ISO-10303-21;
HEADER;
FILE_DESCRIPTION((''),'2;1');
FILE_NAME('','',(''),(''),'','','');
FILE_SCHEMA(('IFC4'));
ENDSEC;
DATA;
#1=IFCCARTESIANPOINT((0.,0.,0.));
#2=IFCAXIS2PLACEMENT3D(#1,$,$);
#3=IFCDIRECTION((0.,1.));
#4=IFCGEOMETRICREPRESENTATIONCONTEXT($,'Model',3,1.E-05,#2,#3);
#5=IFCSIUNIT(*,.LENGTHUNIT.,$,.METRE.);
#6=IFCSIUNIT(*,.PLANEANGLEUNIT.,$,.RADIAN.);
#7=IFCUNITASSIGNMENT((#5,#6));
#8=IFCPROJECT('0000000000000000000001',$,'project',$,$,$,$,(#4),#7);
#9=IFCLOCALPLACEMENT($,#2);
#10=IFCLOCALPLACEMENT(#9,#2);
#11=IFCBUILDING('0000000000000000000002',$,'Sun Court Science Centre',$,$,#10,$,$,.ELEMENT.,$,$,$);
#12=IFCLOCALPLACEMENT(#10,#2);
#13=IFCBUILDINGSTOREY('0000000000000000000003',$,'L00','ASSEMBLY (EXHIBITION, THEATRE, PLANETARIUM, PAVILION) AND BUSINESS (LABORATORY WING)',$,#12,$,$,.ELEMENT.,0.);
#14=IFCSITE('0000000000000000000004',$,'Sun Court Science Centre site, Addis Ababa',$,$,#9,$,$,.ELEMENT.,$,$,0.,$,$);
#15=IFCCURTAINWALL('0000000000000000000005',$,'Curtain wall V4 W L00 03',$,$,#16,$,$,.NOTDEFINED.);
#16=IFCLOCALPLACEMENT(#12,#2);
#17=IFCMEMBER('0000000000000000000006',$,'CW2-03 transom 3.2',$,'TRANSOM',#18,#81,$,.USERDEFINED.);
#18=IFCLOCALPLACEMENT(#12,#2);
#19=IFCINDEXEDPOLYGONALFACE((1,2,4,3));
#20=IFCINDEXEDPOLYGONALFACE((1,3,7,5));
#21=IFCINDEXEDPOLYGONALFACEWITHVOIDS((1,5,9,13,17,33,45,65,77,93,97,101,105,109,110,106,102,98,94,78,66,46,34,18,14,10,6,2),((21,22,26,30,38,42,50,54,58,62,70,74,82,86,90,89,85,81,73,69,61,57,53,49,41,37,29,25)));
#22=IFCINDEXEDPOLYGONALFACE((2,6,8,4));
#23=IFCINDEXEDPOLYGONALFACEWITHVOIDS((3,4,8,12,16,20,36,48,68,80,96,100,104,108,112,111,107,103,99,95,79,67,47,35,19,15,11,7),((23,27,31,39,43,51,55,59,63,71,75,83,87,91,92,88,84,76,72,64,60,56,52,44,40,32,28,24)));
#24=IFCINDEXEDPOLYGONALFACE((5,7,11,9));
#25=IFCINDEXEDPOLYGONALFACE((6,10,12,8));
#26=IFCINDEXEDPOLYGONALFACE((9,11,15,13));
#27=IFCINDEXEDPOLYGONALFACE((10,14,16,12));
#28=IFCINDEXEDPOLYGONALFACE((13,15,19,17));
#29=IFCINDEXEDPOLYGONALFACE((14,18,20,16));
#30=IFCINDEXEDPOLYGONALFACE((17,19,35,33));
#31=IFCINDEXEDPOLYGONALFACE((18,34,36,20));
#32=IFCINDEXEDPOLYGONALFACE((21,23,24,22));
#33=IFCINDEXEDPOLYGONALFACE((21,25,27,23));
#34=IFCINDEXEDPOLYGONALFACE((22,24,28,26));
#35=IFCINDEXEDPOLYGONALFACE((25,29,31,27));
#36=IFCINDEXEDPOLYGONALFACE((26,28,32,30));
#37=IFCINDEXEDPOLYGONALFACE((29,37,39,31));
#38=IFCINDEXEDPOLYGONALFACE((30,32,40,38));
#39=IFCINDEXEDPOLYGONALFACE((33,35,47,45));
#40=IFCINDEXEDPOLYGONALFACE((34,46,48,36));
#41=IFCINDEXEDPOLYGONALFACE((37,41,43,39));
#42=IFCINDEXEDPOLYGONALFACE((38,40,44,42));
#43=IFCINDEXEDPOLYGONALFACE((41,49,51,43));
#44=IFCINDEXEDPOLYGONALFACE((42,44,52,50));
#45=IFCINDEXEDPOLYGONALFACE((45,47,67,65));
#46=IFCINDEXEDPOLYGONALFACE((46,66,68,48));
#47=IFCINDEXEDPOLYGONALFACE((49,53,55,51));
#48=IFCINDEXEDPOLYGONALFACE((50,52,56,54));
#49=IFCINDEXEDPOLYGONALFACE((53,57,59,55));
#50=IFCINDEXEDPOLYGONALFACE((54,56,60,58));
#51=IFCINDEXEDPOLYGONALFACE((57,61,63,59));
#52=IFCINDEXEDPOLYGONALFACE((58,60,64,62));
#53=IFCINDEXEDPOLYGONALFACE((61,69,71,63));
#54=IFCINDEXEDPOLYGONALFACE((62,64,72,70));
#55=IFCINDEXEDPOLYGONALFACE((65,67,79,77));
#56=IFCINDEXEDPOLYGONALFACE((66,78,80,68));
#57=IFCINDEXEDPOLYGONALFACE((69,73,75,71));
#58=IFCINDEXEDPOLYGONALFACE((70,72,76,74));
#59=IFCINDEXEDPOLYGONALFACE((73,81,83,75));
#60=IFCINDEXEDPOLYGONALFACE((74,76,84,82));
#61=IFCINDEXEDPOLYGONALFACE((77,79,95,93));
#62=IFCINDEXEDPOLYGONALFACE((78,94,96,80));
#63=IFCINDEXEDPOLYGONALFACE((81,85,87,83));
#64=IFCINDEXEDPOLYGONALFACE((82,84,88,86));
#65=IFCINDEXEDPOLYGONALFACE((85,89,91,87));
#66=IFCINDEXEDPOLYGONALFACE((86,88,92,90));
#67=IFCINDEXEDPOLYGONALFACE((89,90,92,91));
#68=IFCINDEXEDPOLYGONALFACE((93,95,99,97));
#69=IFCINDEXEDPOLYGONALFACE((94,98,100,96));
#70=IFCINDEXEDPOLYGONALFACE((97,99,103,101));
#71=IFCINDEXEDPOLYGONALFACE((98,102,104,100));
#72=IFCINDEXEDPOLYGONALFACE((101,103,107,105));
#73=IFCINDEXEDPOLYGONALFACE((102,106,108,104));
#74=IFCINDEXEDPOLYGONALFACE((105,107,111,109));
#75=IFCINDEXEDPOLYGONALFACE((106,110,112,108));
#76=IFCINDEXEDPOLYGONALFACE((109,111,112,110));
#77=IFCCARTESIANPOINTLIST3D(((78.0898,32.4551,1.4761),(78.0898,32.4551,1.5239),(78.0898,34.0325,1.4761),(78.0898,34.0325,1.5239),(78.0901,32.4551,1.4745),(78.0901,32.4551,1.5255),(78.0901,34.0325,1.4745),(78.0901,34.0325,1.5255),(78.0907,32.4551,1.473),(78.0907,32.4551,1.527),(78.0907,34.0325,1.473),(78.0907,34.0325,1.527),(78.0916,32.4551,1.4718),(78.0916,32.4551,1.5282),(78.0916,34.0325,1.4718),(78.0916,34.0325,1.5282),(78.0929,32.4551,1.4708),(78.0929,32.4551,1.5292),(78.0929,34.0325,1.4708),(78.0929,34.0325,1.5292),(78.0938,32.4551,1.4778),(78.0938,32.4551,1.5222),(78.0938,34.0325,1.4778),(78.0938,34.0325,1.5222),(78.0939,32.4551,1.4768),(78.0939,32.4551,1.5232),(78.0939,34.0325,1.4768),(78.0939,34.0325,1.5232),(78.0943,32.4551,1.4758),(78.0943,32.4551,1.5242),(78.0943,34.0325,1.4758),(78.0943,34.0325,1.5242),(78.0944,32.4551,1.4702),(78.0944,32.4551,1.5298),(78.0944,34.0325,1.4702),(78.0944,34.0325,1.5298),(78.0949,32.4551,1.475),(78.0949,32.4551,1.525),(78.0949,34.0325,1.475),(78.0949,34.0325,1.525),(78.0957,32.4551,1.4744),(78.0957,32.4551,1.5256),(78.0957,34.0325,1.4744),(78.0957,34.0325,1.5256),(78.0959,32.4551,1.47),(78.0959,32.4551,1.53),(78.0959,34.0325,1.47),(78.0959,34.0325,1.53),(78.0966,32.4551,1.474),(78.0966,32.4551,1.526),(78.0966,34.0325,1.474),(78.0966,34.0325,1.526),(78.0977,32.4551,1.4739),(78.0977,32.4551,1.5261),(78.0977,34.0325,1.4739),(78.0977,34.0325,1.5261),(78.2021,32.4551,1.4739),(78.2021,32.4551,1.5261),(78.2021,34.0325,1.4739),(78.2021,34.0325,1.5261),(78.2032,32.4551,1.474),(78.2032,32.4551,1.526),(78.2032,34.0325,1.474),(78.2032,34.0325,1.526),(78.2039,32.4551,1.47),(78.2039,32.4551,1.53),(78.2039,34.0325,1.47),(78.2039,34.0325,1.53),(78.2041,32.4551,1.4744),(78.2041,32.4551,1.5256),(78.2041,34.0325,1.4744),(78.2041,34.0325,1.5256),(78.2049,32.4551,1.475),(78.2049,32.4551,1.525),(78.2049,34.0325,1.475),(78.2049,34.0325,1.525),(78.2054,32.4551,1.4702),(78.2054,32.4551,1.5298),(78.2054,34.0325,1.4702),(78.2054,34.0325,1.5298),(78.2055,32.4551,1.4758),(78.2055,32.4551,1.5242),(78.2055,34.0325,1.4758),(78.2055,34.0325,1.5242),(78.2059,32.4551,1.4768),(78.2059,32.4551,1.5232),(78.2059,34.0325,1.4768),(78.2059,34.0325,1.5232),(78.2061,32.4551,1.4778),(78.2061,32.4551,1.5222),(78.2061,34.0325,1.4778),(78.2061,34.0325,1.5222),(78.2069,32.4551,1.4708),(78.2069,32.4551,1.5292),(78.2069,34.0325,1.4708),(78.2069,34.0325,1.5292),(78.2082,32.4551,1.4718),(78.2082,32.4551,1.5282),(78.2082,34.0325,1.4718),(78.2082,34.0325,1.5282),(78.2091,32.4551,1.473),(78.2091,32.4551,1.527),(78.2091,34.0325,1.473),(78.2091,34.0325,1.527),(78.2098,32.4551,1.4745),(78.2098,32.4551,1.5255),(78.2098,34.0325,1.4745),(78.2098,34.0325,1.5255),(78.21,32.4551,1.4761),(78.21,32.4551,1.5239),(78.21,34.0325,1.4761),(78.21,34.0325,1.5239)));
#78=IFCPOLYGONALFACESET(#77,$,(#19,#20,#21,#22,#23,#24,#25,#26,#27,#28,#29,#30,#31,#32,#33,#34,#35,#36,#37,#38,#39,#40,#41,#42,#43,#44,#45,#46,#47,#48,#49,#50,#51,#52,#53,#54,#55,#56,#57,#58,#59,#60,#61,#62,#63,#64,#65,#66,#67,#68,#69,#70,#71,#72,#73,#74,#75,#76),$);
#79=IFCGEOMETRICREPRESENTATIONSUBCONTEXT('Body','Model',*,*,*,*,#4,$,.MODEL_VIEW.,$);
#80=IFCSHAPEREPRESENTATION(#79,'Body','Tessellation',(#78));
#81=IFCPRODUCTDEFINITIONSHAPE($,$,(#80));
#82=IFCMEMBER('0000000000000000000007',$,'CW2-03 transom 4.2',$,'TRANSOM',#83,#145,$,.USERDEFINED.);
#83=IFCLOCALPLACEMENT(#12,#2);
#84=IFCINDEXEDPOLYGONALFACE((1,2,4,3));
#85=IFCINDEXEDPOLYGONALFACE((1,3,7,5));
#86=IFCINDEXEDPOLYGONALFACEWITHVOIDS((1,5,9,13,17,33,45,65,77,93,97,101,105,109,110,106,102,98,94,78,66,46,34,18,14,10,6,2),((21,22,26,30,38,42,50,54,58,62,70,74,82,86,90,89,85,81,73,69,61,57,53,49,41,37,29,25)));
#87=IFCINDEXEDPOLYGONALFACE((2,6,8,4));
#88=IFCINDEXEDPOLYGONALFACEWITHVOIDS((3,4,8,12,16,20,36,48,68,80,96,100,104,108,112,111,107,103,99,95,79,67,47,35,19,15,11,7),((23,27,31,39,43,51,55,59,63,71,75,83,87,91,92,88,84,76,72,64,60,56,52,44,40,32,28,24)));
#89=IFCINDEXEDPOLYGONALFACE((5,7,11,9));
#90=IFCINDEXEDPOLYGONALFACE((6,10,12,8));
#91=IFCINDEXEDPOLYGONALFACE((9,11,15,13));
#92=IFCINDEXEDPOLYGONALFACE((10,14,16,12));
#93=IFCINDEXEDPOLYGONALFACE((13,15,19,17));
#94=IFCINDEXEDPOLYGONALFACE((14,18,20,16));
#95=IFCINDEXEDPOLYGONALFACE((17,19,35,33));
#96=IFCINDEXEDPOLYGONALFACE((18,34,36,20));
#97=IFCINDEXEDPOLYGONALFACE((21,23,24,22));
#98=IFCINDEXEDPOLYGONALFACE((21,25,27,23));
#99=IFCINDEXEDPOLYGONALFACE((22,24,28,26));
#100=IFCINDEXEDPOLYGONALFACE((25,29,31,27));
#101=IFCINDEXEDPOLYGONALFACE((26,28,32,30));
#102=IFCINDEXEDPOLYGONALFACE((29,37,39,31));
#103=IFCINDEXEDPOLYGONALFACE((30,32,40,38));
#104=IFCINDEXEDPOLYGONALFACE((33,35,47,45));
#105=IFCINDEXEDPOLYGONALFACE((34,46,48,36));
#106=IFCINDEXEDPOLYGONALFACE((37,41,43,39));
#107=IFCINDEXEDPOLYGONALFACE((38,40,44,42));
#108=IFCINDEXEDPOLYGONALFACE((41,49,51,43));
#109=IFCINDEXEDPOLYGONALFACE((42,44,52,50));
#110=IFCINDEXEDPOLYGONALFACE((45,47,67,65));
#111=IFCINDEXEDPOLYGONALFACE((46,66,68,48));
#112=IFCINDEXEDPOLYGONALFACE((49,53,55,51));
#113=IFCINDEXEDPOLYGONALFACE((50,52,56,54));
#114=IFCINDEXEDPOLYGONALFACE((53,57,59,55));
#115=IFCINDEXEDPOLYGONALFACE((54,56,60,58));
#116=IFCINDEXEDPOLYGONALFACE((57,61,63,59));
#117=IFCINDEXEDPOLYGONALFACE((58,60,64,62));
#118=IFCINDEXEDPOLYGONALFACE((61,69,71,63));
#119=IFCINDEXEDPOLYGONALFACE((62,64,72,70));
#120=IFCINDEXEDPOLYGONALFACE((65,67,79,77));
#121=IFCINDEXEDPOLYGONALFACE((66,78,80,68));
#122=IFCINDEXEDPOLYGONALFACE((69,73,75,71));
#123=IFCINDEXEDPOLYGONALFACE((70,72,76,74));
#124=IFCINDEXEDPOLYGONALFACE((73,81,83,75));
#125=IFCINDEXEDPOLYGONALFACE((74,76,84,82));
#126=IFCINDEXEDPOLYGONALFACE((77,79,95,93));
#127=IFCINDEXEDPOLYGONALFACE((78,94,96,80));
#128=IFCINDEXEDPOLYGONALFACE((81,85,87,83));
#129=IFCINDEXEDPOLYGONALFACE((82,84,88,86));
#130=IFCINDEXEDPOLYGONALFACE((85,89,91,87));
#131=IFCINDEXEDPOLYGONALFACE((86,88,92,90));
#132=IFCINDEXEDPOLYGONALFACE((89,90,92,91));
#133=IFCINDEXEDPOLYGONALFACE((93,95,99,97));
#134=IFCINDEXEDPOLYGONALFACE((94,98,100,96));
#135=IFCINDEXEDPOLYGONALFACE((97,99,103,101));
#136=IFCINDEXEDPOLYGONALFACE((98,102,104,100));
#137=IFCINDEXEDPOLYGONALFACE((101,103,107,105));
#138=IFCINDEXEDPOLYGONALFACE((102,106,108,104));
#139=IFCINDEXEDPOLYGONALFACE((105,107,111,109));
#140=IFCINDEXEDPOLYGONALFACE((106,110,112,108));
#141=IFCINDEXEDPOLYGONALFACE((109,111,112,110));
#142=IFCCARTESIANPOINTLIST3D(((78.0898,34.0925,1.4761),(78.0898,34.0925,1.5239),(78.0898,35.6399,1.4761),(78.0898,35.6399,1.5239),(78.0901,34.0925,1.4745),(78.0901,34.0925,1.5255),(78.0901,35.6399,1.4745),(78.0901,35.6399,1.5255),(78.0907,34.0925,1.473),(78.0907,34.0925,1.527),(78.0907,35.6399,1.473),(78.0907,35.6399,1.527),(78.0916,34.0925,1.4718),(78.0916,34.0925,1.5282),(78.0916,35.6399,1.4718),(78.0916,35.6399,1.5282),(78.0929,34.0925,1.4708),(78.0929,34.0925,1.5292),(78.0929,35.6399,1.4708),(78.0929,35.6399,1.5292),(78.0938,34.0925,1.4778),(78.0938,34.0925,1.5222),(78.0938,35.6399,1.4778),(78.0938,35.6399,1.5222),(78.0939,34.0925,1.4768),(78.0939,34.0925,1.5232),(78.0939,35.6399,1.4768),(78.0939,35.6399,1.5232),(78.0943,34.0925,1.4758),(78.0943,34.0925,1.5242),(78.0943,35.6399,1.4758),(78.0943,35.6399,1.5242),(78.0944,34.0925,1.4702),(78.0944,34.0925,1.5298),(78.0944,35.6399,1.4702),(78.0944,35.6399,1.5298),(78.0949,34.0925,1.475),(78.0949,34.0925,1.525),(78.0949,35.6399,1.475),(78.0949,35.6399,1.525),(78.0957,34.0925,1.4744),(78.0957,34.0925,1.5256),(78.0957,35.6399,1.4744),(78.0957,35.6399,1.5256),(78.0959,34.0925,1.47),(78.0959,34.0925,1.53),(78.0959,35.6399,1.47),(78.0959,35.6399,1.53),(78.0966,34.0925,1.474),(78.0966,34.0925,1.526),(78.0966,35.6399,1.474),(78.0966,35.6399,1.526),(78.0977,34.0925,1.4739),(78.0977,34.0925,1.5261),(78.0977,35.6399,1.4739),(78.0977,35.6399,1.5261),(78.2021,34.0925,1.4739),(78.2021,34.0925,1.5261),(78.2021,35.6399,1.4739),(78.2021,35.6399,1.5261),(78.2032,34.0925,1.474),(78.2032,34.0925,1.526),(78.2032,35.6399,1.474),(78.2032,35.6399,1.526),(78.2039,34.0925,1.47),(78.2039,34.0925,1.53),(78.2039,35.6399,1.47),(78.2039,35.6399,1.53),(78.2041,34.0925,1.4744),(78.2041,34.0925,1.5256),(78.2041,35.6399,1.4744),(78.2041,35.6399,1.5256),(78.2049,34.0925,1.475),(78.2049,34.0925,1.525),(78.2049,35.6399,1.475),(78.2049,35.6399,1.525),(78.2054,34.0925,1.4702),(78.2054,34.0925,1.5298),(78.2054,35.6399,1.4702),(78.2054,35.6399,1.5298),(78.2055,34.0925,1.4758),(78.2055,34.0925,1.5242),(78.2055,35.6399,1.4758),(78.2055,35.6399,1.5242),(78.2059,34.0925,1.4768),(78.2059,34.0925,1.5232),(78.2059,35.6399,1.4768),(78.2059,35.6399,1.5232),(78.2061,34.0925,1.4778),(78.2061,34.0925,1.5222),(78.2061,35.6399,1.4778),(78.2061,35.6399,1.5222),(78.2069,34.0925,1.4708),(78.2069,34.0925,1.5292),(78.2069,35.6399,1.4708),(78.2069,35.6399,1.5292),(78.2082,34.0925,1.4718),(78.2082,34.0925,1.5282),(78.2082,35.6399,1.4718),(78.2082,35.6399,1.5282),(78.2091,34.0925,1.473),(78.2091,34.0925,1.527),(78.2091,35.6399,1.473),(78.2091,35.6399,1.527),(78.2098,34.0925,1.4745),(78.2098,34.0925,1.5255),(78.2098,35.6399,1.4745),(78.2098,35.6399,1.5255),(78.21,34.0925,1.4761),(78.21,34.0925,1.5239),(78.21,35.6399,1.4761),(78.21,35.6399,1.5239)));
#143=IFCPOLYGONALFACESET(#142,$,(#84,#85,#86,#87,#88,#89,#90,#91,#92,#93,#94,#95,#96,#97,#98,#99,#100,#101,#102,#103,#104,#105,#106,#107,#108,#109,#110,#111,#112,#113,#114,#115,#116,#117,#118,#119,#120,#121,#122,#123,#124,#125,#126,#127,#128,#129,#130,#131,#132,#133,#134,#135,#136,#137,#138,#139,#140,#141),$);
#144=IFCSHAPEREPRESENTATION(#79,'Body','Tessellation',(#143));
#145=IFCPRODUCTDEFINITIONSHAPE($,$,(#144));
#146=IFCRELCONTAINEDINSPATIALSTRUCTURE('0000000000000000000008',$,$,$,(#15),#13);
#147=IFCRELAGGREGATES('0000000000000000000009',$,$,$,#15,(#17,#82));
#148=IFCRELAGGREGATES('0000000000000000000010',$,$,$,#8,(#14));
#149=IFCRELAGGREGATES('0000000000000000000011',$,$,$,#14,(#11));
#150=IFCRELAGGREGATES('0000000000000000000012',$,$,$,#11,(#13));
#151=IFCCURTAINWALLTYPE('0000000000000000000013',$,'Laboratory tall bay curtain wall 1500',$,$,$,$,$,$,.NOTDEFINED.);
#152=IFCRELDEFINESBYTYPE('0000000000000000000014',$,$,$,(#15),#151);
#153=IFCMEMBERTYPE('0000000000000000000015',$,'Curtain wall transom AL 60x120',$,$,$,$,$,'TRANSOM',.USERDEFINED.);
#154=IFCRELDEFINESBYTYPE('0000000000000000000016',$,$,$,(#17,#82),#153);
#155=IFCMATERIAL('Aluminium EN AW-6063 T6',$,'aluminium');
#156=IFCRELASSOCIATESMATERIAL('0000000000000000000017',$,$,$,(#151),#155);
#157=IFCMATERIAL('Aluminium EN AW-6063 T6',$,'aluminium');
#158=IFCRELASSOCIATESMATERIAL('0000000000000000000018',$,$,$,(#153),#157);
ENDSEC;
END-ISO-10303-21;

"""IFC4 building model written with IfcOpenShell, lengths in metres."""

from ifc_helpers import new_model, si_unit, direction, frame, origin, origin_2d, place, context, subcontext, project, spatial, hollow_rectangle, extrude, material, material_profile, profile_set, type_object, element, aggregate, save


model = new_model("IFC4")

# Units and contexts
model_context = context("Model", 3, precision=1e-05, world=origin(), true_north=direction((0.0, 1.0)))
body_context = subcontext(model_context, "Body", "Model", "MODEL_VIEW")
ifc_project = project(units=[si_unit("LENGTHUNIT", "METRE"), si_unit("PLANEANGLEUNIT", "RADIAN")], contexts=[model_context])

# Site, building, storey
site_placement = place(None, origin())
site = spatial("IfcSite", under=ifc_project, at=site_placement, Name="Sun Court Science Centre site, Addis Ababa", CompositionType="ELEMENT", RefElevation=0.0)
building_placement = place(site_placement, origin())
building = spatial("IfcBuilding", under=site, at=building_placement, Name="Sun Court Science Centre", CompositionType="ELEMENT")
storey_placement = place(building_placement, origin())
storey = spatial("IfcBuildingStorey", under=building, at=storey_placement, Name="L00", Description="ASSEMBLY (EXHIBITION, THEATRE, PLANETARIUM, PAVILION) AND BUSINESS (LABORATORY WING)", CompositionType="ELEMENT", Elevation=0.0)

# Curtain wall, members
ifc_material_1 = material(Name="Aluminium EN AW-6063 T6", Category="aluminium")
curtain_wall_type = type_object("IfcCurtainWallType", Name="Laboratory tall bay curtain wall 1500", PredefinedType="NOTDEFINED", material=ifc_material_1)
curtain_wall_placement = place(storey_placement, origin())
curtain_wall = element("IfcCurtainWall", 1, at=curtain_wall_placement, inside=storey, type_object=curtain_wall_type, Name="Curtain wall V4 W L00 03", PredefinedType="NOTDEFINED")
ifc_material_2 = material(Name="Aluminium EN AW-6063 T6", Category="aluminium")
ifc_material_profile_1 = material_profile(ifc_material_2, hollow_rectangle(XDim=0.0601, YDim=0.1201, WallThickness=0.0039, InnerFilletRadius=0.0039, OuterFilletRadius=0.0061, at=origin_2d()), Name="AL 60x120x4")
ifc_profile_set_1 = profile_set([ifc_material_profile_1], Name="Aluminium EN AW-6063 T6")
member_type_1 = type_object("IfcMemberType", Name="Curtain wall transom AL 60x120", ElementType="TRANSOM", PredefinedType="USERDEFINED", material=ifc_profile_set_1)
member_1_placement = place(storey_placement, frame((78.1499, 32.4551, 1.5), z_axis=(0.0, 1.0, 0.0), x_axis=(0.0, 0.0, 1.0)))
member_1 = element("IfcMember", 2, at=member_1_placement, type_object=member_type_1, Name="CW2-03 transom 3.2", ObjectType="TRANSOM", PredefinedType="USERDEFINED", context=body_context, shape_type="SweptSolid", body=[
    extrude(hollow_rectangle(XDim=0.0601, YDim=0.1201, WallThickness=0.0039, InnerFilletRadius=0.0039, OuterFilletRadius=0.0061, at=origin_2d()), origin(), (0.0, 0.0, 1.0), 1.5774),
])
member_2_placement = place(storey_placement, frame((78.1499, 34.0925, 1.5), z_axis=(0.0, 1.0, 0.0), x_axis=(0.0, 0.0, 1.0)))
member_2 = element("IfcMember", 3, at=member_2_placement, type_object=member_type_1, Name="CW2-03 transom 4.2", ObjectType="TRANSOM", PredefinedType="USERDEFINED", context=body_context, shape_type="SweptSolid", body=[
    extrude(hollow_rectangle(XDim=0.0601, YDim=0.1201, WallThickness=0.0039, InnerFilletRadius=0.0039, OuterFilletRadius=0.0061, at=origin_2d()), origin(), (0.0, 0.0, 1.0), 1.5474),
])
aggregate(curtain_wall, [member_1, member_2])

save(model, "model.ifc")
